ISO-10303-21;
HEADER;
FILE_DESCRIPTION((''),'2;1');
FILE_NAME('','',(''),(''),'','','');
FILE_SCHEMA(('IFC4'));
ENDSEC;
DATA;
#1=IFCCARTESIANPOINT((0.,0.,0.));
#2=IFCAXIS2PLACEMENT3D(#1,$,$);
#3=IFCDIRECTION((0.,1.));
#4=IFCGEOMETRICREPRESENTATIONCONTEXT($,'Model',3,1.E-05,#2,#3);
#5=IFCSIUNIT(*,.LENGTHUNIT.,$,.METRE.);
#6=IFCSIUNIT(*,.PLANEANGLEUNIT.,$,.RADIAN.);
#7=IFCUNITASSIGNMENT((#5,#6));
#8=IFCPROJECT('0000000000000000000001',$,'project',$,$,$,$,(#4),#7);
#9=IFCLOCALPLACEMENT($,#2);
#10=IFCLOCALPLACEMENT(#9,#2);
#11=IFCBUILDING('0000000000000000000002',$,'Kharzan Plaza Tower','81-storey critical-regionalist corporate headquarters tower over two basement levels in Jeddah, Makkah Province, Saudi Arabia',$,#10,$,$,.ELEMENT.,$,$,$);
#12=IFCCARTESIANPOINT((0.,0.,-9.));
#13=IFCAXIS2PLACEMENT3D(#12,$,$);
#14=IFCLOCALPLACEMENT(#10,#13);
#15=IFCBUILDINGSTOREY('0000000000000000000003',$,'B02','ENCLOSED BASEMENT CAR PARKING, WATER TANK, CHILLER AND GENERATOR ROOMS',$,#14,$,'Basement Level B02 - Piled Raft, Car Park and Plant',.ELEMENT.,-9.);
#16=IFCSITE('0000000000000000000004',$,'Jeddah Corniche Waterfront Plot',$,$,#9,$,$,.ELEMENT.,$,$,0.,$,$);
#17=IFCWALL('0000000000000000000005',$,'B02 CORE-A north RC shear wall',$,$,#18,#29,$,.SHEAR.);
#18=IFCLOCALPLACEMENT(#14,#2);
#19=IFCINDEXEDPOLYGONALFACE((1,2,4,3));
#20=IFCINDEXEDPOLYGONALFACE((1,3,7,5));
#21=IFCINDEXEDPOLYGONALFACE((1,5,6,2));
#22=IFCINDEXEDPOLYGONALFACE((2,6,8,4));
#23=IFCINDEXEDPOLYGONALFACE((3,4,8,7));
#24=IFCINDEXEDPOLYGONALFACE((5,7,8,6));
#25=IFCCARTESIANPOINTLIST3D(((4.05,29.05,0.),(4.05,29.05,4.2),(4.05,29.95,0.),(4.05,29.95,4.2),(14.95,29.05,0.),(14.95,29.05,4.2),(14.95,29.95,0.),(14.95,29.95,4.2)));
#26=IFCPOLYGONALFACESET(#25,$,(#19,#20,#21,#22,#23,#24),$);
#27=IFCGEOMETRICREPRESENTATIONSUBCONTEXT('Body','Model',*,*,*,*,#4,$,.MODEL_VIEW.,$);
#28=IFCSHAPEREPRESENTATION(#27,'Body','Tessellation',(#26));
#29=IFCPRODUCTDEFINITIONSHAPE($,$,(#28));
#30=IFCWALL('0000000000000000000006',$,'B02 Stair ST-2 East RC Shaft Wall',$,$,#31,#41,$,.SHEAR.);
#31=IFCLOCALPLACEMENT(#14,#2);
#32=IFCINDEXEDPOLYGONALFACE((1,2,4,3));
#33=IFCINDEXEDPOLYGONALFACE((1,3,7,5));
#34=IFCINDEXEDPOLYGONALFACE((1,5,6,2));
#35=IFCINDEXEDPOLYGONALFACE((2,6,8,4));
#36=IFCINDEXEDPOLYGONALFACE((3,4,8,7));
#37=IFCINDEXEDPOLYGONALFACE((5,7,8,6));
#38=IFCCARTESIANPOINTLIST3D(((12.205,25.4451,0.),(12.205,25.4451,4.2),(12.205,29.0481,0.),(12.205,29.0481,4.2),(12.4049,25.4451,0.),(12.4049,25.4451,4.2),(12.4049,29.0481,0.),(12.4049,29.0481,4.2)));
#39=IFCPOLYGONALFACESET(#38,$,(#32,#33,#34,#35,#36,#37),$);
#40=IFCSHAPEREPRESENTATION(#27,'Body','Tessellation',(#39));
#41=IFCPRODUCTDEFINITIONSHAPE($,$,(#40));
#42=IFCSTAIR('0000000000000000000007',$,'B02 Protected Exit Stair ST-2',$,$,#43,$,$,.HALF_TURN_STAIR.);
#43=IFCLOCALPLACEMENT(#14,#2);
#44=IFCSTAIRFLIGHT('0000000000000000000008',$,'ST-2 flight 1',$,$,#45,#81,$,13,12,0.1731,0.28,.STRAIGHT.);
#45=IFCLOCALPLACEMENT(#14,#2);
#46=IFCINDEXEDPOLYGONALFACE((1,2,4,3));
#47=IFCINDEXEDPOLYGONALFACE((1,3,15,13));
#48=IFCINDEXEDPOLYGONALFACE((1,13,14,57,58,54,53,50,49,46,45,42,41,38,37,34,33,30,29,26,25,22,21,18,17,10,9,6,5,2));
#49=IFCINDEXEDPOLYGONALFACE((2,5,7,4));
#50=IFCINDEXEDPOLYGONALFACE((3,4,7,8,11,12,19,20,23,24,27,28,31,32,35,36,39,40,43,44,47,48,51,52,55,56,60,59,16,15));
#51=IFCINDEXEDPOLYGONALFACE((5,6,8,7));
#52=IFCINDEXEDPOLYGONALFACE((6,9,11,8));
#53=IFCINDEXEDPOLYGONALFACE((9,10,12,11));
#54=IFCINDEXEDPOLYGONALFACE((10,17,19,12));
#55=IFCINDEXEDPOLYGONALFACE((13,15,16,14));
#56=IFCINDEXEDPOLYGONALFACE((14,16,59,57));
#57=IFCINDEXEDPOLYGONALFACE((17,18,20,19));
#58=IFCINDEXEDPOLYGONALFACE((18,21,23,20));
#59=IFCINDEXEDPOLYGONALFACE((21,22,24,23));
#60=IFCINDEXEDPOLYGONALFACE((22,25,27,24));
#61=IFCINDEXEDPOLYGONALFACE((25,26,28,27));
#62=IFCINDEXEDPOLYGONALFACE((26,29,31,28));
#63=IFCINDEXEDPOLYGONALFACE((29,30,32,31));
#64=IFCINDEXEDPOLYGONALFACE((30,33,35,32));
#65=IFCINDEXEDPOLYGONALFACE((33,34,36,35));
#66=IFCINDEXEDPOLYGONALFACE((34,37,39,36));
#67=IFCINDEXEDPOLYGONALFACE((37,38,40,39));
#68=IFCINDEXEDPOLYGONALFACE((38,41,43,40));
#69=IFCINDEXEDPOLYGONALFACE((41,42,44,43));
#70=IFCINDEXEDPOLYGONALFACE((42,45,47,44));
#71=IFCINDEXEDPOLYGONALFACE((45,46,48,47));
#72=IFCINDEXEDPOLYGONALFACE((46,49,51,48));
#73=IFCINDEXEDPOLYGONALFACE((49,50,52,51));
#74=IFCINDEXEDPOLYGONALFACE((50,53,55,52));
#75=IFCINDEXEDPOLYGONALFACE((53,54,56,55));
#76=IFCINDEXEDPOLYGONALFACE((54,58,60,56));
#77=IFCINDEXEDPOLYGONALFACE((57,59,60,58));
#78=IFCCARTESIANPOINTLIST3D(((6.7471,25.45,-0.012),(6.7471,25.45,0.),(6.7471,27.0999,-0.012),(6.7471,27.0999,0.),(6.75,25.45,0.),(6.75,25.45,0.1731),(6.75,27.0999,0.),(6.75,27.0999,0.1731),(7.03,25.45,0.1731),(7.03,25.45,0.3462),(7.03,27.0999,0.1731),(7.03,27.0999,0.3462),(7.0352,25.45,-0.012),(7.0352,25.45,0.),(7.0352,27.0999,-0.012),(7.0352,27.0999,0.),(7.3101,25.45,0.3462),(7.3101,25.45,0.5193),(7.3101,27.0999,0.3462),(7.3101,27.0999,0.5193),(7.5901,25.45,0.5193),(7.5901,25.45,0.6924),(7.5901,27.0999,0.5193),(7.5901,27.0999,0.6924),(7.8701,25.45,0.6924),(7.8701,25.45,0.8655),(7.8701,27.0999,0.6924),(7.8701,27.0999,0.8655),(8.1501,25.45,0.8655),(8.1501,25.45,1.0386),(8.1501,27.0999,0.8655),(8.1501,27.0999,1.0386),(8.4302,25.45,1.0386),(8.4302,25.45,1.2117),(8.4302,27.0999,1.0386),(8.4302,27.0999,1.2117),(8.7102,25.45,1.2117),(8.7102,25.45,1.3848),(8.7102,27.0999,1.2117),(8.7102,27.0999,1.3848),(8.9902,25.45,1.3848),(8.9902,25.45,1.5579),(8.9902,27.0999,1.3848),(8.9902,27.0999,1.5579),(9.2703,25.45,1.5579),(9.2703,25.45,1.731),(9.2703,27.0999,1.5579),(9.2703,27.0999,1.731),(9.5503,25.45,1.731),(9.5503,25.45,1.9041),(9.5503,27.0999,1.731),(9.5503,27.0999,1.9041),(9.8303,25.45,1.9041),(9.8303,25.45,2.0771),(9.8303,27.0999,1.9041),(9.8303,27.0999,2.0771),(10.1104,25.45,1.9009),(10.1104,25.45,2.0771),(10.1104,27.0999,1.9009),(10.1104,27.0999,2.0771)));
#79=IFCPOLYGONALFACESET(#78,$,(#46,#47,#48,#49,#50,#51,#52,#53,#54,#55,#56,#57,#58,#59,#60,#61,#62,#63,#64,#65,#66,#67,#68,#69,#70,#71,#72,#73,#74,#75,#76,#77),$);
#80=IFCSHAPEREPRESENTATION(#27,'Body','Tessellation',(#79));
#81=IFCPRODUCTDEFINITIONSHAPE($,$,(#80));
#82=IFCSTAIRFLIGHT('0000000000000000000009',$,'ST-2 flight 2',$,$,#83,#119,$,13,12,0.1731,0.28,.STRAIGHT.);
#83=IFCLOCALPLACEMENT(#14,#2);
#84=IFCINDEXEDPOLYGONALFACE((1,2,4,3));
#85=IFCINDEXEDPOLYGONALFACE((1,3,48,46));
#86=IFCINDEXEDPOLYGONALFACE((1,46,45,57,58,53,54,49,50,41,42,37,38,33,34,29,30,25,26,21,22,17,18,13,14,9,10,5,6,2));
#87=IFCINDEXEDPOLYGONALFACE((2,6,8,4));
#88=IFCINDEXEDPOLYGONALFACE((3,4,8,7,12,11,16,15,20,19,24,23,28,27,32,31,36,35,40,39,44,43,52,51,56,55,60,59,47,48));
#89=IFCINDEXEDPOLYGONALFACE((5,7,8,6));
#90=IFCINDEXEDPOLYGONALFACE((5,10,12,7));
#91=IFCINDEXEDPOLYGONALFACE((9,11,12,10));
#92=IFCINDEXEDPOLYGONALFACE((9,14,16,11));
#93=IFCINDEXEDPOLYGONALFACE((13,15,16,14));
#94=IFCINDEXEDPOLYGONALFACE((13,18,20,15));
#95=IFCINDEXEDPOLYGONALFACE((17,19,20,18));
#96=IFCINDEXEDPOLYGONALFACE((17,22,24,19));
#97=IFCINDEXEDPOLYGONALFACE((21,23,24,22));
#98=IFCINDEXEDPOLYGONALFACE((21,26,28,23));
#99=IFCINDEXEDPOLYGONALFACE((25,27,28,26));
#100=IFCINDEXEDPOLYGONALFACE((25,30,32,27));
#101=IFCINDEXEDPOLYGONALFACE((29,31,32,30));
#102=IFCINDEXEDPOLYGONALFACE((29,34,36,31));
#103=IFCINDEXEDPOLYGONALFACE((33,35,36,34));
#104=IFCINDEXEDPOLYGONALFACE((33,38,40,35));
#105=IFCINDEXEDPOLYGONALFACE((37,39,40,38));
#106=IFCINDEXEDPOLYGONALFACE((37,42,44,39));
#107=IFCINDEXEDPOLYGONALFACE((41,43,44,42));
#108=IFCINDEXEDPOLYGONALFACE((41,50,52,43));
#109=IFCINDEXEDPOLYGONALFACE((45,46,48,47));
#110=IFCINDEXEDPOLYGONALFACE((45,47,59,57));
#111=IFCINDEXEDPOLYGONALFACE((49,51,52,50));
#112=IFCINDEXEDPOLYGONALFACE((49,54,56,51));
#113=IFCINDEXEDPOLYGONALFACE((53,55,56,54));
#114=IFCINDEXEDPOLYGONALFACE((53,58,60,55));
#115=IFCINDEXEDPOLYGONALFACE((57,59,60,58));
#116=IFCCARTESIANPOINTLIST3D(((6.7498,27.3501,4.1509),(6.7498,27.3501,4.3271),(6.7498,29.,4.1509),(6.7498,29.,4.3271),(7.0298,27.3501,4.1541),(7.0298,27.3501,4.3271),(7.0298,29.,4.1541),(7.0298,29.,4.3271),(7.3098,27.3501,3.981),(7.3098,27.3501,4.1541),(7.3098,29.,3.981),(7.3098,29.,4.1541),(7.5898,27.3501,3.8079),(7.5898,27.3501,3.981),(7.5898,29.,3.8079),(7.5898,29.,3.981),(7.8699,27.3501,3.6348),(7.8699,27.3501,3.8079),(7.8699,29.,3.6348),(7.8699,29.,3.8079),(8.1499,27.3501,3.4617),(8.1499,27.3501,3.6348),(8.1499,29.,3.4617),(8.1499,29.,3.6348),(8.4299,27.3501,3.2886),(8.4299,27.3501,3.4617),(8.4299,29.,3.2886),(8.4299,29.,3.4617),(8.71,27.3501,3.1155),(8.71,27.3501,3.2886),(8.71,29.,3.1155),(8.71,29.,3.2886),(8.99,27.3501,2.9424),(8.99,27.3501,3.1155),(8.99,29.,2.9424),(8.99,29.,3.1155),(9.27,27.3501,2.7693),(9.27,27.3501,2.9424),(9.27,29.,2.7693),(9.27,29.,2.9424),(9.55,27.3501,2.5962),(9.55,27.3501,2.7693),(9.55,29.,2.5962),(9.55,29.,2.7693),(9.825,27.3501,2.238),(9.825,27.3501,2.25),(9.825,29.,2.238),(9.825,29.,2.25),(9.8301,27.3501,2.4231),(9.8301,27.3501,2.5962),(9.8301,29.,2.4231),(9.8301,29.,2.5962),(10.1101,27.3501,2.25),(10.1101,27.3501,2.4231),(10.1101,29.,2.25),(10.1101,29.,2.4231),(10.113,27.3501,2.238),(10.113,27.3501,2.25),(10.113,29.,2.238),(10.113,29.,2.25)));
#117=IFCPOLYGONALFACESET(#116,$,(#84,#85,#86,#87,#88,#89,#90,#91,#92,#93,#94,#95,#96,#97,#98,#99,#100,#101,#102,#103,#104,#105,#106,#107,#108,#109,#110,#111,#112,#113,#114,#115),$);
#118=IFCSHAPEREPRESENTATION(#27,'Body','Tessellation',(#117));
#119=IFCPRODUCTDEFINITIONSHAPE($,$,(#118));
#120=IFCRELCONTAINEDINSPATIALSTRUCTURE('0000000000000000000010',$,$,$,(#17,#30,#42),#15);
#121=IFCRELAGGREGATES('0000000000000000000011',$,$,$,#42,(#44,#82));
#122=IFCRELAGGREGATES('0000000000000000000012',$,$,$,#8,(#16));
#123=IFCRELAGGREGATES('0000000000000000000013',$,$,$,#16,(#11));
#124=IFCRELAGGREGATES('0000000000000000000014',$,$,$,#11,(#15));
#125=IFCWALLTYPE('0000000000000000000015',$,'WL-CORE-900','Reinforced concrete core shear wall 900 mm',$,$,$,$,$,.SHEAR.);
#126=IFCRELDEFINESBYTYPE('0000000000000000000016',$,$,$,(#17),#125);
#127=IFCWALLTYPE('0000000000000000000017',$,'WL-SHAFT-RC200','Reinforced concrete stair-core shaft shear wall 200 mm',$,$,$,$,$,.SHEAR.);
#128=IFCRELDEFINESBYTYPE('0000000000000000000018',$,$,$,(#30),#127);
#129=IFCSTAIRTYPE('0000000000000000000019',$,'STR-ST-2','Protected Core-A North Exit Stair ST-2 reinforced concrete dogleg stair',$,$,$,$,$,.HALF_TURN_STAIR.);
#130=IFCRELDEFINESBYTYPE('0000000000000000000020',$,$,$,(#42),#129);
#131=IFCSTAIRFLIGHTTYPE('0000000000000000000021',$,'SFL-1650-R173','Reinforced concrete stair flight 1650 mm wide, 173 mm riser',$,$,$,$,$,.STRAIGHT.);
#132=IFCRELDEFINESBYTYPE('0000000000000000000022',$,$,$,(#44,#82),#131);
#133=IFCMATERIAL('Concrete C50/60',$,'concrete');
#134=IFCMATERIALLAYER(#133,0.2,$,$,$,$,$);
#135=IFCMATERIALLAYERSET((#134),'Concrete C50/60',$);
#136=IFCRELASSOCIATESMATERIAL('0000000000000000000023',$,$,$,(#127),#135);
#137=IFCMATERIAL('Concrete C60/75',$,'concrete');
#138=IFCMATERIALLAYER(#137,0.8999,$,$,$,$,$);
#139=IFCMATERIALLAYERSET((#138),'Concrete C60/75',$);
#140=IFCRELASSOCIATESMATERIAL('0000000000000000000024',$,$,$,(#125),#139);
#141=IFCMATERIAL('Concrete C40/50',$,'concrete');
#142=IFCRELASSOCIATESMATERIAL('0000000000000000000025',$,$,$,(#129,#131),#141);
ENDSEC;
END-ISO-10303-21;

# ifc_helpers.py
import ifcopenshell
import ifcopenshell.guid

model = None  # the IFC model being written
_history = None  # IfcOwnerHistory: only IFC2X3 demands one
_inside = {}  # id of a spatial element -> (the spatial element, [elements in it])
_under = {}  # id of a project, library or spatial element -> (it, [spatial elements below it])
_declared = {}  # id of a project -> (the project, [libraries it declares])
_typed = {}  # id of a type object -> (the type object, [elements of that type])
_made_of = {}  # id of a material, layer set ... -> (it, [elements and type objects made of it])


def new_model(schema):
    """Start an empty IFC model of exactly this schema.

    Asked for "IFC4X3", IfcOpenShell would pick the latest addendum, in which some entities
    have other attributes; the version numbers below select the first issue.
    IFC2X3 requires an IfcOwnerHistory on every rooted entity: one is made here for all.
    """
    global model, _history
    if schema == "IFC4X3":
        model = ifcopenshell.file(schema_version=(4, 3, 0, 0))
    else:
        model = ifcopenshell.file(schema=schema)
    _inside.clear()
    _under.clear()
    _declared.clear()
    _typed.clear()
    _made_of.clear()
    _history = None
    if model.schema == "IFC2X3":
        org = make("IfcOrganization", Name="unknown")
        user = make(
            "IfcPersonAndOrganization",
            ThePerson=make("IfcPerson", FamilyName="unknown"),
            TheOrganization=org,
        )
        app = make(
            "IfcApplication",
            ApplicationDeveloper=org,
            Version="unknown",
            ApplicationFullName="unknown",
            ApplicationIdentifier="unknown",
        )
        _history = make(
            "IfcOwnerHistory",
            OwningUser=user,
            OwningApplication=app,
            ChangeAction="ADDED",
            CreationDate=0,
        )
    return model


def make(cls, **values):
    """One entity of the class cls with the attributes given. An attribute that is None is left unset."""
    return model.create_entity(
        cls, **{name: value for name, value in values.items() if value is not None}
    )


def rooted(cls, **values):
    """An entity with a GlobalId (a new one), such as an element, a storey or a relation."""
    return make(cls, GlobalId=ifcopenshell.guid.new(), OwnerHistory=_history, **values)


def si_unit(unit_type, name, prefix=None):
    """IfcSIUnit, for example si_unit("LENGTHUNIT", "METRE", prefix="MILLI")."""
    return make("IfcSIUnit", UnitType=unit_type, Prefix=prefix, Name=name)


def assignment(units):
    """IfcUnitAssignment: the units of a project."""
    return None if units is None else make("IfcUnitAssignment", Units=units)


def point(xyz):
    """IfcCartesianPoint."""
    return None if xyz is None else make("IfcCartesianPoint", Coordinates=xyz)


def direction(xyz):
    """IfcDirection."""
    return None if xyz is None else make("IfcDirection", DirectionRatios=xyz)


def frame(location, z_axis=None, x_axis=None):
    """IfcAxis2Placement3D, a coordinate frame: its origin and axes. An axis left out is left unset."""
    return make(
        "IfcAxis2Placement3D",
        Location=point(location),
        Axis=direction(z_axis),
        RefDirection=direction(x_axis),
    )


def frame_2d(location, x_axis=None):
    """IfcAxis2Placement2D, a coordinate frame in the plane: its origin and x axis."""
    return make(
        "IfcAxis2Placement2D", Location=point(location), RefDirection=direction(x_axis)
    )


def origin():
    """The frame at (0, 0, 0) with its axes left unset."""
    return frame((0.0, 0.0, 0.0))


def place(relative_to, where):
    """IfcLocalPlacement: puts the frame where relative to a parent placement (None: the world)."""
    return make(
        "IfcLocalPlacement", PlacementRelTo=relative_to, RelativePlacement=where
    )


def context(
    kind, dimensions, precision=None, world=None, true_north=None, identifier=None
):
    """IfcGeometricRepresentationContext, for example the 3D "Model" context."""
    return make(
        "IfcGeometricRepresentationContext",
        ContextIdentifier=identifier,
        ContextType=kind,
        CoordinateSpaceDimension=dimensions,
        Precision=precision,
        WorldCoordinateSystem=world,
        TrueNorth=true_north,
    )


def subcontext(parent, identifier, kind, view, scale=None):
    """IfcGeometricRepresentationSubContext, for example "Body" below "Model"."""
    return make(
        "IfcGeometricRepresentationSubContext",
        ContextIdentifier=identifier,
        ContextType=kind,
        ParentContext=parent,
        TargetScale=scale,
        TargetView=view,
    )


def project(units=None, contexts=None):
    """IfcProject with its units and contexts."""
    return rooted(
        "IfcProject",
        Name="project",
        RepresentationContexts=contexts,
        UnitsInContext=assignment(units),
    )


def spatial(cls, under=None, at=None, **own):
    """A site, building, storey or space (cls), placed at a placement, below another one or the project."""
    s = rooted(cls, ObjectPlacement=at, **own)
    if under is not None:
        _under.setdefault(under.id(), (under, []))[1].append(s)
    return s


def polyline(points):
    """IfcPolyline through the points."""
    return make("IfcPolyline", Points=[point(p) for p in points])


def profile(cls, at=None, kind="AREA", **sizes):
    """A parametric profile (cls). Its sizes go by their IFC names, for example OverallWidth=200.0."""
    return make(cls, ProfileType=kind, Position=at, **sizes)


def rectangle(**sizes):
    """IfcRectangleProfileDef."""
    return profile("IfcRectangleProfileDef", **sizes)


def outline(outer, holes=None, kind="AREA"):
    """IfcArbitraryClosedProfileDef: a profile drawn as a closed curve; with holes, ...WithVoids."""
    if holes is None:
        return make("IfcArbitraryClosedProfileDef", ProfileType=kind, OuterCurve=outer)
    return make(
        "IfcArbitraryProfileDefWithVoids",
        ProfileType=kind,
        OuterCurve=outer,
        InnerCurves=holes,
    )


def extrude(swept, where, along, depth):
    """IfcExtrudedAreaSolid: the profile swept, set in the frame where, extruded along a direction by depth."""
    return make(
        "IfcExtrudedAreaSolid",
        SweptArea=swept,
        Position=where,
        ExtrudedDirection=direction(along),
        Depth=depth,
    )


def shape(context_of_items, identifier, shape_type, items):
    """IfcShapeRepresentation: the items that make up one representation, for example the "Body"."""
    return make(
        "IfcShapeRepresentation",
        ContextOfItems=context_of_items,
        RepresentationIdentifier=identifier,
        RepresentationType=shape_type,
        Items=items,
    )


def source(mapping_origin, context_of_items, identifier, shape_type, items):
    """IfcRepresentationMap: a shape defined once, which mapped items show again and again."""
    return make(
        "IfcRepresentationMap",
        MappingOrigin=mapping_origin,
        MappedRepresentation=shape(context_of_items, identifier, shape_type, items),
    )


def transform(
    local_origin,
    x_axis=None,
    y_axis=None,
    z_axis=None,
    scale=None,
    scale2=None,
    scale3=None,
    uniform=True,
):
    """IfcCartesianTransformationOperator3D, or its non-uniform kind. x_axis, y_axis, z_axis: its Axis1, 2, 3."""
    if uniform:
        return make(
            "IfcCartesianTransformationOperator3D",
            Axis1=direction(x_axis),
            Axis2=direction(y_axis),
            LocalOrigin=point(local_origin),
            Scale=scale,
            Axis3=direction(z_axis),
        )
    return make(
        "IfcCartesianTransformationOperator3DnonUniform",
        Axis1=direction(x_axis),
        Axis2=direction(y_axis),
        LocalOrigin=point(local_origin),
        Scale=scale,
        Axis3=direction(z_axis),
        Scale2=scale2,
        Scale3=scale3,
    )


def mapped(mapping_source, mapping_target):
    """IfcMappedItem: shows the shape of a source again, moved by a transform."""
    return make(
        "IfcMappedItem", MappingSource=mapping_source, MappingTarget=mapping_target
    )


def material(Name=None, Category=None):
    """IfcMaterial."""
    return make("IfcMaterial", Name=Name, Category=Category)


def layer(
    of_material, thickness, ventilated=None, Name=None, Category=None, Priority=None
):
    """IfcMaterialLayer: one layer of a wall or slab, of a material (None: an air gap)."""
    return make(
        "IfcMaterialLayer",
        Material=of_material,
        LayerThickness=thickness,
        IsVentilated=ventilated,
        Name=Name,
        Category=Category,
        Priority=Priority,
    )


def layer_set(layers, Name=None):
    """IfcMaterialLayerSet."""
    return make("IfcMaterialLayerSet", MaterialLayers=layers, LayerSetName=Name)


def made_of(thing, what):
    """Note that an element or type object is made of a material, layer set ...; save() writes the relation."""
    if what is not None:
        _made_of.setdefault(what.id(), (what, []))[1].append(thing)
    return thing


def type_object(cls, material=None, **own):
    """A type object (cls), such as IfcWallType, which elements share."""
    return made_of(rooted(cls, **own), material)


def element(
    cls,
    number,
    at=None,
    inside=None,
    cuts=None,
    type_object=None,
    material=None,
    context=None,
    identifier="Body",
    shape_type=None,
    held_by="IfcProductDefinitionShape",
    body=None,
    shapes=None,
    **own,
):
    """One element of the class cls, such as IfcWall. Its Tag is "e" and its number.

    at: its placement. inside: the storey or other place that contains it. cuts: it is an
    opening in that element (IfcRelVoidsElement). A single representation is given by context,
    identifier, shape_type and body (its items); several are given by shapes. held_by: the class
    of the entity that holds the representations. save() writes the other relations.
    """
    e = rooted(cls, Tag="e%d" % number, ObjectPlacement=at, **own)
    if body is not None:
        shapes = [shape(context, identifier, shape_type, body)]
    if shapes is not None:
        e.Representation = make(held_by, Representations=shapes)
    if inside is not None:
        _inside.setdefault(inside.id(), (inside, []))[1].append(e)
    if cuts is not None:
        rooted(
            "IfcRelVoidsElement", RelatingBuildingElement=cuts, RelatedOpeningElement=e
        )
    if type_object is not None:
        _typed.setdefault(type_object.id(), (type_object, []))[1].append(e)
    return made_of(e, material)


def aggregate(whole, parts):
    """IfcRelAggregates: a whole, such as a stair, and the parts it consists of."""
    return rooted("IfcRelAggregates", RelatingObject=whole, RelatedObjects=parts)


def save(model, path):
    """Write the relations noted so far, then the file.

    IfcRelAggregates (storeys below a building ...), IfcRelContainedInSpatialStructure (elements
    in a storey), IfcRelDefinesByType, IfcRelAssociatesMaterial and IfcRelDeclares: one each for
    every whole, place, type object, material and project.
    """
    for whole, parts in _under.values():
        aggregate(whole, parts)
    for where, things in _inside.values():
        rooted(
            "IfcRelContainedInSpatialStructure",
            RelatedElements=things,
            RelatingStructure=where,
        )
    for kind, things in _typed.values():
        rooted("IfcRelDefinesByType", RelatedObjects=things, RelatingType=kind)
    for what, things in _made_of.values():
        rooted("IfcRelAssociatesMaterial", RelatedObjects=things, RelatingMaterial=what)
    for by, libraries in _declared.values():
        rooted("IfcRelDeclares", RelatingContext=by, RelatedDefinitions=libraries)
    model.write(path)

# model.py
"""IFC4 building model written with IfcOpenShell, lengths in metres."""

from ifc_helpers import new_model, si_unit, direction, frame, frame_2d, origin, place, context, subcontext, project, spatial, polyline, rectangle, outline, extrude, source, transform, mapped, material, layer, layer_set, type_object, element, aggregate, save


model = new_model("IFC4")

# Units and contexts
model_context = context("Model", 3, precision=1e-05, world=origin(), true_north=direction((0.0, 1.0)))
body_context = subcontext(model_context, "Body", "Model", "MODEL_VIEW")
ifc_project = project(units=[si_unit("LENGTHUNIT", "METRE"), si_unit("PLANEANGLEUNIT", "RADIAN")], contexts=[model_context])

# Site, building, storey
site_placement = place(None, origin())
site = spatial("IfcSite", under=ifc_project, at=site_placement, Name="Jeddah Corniche Waterfront Plot", CompositionType="ELEMENT", RefElevation=0.0)
building_placement = place(site_placement, origin())
building = spatial("IfcBuilding", under=site, at=building_placement, Name="Kharzan Plaza Tower", Description="81-storey critical-regionalist corporate headquarters tower over two basement levels in Jeddah, Makkah Province, Saudi Arabia", CompositionType="ELEMENT")
storey_placement = place(building_placement, frame((0.0, 0.0, -9.0)))
storey = spatial("IfcBuildingStorey", under=building, at=storey_placement, Name="B02", Description="ENCLOSED BASEMENT CAR PARKING, WATER TANK, CHILLER AND GENERATOR ROOMS", LongName="Basement Level B02 - Piled Raft, Car Park and Plant", CompositionType="ELEMENT", Elevation=-9.0)

# Shared definitions
ifc_material_1 = material(Name="Concrete C50/60", Category="concrete")

# Shared definitions
ifc_material_2 = material(Name="Concrete C60/75", Category="concrete")

# Shared definitions
ifc_layer_1 = layer(ifc_material_1, 0.2)
ifc_layer_set_1 = layer_set([ifc_layer_1], Name="Concrete C50/60")
wall_type_1 = type_object("IfcWallType", Name="WL-SHAFT-RC200", Description="Reinforced concrete stair-core shaft shear wall 200 mm", PredefinedType="SHEAR", material=ifc_layer_set_1)

# Walls
ifc_layer_2 = layer(ifc_material_2, 0.8999)
ifc_layer_set_2 = layer_set([ifc_layer_2], Name="Concrete C60/75")
wall_type_2 = type_object("IfcWallType", Name="WL-CORE-900", Description="Reinforced concrete core shear wall 900 mm", PredefinedType="SHEAR", material=ifc_layer_set_2)
shared_shape_1 = source(origin(), body_context, "Body", "SweptSolid", [
    extrude(rectangle(XDim=10.8999, YDim=0.8999, at=frame_2d((5.45, 0.0))), origin(), (0.0, 0.0, 1.0), 4.2),
])
wall_1_placement = place(storey_placement, frame((4.05, 29.5, 0.0), z_axis=(0.0, 0.0, 1.0), x_axis=(1.0, 0.0, 0.0)))
element("IfcWall", 1, at=wall_1_placement, inside=storey, type_object=wall_type_2, Name="B02 CORE-A north RC shear wall", PredefinedType="SHEAR", context=body_context, shape_type="MappedRepresentation", body=[
    mapped(shared_shape_1, transform((0.0, 0.0, 0.0), x_axis=(1.0, 0.0, 0.0), y_axis=(0.0, 1.0, 0.0), z_axis=(0.0, 0.0, 1.0))),
])
shared_shape_2 = source(origin(), body_context, "Body", "SweptSolid", [
    extrude(rectangle(XDim=3.603, YDim=0.2, at=frame_2d((1.8015, 0.0))), origin(), (0.0, 0.0, 1.0), 4.2),
])
wall_2_placement = place(storey_placement, frame((12.3049, 25.4451, 0.0), z_axis=(0.0, 0.0, 1.0), x_axis=(0.0, 1.0, 0.0)))
element("IfcWall", 2, at=wall_2_placement, inside=storey, type_object=wall_type_1, Name="B02 Stair ST-2 East RC Shaft Wall", PredefinedType="SHEAR", context=body_context, shape_type="MappedRepresentation", body=[
    mapped(shared_shape_2, transform((0.0, 0.0, 0.0), x_axis=(1.0, 0.0, 0.0), y_axis=(0.0, 1.0, 0.0), z_axis=(0.0, 0.0, 1.0))),
])

# Stair, stair flights
ifc_material_3 = material(Name="Concrete C40/50", Category="concrete")
stair_type = type_object("IfcStairType", Name="STR-ST-2", Description="Protected Core-A North Exit Stair ST-2 reinforced concrete dogleg stair", PredefinedType="HALF_TURN_STAIR", material=ifc_material_3)
stair_placement = place(storey_placement, origin())
stair = element("IfcStair", 3, at=stair_placement, inside=storey, type_object=stair_type, Name="B02 Protected Exit Stair ST-2", PredefinedType="HALF_TURN_STAIR")
stair_flight_type = type_object("IfcStairFlightType", Name="SFL-1650-R173", Description="Reinforced concrete stair flight 1650 mm wide, 173 mm riser", PredefinedType="STRAIGHT", material=ifc_material_3)
shared_shape_3 = source(origin(), body_context, "Body", "SweptSolid", [
    extrude(outline(polyline([(-0.0029, -0.012), (-0.0029, 0.0), (0.0, 0.0), (0.0, 0.1731), (0.28, 0.1731), (0.28, 0.3462), (0.5601, 0.3462), (0.5601, 0.5193), (0.8401, 0.5193), (0.8401, 0.6924), (1.1201, 0.6924), (1.1201, 0.8655), (1.4001, 0.8655), (1.4001, 1.0386), (1.6802, 1.0386), (1.6802, 1.2117), (1.9602, 1.2117), (1.9602, 1.3848), (2.2402, 1.3848), (2.2402, 1.5579), (2.5203, 1.5579), (2.5203, 1.731), (2.8003, 1.731), (2.8003, 1.9041), (3.0803, 1.9041), (3.0803, 2.0771), (3.3604, 2.0771), (3.3604, 2.2502), (3.3604, 1.9009), (0.2852, 0.0), (0.2852, -0.012), (-0.0029, -0.012)])), frame((0.0, 0.825, 0.0), z_axis=(0.0, -1.0, 0.0), x_axis=(1.0, 0.0, 0.0)), (0.0, 0.0, 1.0), 1.6499),
])
stair_flight_1_placement = place(storey_placement, frame((6.75, 26.2749, 0.0), z_axis=(0.0, 0.0, 1.0), x_axis=(1.0, 0.0, 0.0)))
stair_flight_1 = element("IfcStairFlight", 4, at=stair_flight_1_placement, type_object=stair_flight_type, Name="ST-2 flight 1", NumberOfRisers=13, NumberOfTreads=12, PredefinedType="STRAIGHT", RiserHeight=0.1731, TreadLength=0.28, context=body_context, shape_type="MappedRepresentation", body=[
    mapped(shared_shape_3, transform((0.0, 0.0, 0.0), x_axis=(1.0, 0.0, 0.0), y_axis=(0.0, 1.0, 0.0), z_axis=(0.0, 0.0, 1.0))),
])
stair_flight_2_placement = place(storey_placement, frame((10.1101, 28.175, 2.25), z_axis=(0.0, 0.0, 1.0), x_axis=(-1.0, 0.0, 0.0)))
stair_flight_2 = element("IfcStairFlight", 5, at=stair_flight_2_placement, type_object=stair_flight_type, Name="ST-2 flight 2", NumberOfRisers=13, NumberOfTreads=12, PredefinedType="STRAIGHT", RiserHeight=0.1731, TreadLength=0.28, context=body_context, shape_type="MappedRepresentation", body=[
    mapped(shared_shape_3, transform((0.0, 0.0, 0.0), x_axis=(1.0, 0.0, 0.0), y_axis=(0.0, 1.0, 0.0), z_axis=(0.0, 0.0, 1.0))),
])
aggregate(stair, [stair_flight_1, stair_flight_2])

save(model, "model.ifc")
